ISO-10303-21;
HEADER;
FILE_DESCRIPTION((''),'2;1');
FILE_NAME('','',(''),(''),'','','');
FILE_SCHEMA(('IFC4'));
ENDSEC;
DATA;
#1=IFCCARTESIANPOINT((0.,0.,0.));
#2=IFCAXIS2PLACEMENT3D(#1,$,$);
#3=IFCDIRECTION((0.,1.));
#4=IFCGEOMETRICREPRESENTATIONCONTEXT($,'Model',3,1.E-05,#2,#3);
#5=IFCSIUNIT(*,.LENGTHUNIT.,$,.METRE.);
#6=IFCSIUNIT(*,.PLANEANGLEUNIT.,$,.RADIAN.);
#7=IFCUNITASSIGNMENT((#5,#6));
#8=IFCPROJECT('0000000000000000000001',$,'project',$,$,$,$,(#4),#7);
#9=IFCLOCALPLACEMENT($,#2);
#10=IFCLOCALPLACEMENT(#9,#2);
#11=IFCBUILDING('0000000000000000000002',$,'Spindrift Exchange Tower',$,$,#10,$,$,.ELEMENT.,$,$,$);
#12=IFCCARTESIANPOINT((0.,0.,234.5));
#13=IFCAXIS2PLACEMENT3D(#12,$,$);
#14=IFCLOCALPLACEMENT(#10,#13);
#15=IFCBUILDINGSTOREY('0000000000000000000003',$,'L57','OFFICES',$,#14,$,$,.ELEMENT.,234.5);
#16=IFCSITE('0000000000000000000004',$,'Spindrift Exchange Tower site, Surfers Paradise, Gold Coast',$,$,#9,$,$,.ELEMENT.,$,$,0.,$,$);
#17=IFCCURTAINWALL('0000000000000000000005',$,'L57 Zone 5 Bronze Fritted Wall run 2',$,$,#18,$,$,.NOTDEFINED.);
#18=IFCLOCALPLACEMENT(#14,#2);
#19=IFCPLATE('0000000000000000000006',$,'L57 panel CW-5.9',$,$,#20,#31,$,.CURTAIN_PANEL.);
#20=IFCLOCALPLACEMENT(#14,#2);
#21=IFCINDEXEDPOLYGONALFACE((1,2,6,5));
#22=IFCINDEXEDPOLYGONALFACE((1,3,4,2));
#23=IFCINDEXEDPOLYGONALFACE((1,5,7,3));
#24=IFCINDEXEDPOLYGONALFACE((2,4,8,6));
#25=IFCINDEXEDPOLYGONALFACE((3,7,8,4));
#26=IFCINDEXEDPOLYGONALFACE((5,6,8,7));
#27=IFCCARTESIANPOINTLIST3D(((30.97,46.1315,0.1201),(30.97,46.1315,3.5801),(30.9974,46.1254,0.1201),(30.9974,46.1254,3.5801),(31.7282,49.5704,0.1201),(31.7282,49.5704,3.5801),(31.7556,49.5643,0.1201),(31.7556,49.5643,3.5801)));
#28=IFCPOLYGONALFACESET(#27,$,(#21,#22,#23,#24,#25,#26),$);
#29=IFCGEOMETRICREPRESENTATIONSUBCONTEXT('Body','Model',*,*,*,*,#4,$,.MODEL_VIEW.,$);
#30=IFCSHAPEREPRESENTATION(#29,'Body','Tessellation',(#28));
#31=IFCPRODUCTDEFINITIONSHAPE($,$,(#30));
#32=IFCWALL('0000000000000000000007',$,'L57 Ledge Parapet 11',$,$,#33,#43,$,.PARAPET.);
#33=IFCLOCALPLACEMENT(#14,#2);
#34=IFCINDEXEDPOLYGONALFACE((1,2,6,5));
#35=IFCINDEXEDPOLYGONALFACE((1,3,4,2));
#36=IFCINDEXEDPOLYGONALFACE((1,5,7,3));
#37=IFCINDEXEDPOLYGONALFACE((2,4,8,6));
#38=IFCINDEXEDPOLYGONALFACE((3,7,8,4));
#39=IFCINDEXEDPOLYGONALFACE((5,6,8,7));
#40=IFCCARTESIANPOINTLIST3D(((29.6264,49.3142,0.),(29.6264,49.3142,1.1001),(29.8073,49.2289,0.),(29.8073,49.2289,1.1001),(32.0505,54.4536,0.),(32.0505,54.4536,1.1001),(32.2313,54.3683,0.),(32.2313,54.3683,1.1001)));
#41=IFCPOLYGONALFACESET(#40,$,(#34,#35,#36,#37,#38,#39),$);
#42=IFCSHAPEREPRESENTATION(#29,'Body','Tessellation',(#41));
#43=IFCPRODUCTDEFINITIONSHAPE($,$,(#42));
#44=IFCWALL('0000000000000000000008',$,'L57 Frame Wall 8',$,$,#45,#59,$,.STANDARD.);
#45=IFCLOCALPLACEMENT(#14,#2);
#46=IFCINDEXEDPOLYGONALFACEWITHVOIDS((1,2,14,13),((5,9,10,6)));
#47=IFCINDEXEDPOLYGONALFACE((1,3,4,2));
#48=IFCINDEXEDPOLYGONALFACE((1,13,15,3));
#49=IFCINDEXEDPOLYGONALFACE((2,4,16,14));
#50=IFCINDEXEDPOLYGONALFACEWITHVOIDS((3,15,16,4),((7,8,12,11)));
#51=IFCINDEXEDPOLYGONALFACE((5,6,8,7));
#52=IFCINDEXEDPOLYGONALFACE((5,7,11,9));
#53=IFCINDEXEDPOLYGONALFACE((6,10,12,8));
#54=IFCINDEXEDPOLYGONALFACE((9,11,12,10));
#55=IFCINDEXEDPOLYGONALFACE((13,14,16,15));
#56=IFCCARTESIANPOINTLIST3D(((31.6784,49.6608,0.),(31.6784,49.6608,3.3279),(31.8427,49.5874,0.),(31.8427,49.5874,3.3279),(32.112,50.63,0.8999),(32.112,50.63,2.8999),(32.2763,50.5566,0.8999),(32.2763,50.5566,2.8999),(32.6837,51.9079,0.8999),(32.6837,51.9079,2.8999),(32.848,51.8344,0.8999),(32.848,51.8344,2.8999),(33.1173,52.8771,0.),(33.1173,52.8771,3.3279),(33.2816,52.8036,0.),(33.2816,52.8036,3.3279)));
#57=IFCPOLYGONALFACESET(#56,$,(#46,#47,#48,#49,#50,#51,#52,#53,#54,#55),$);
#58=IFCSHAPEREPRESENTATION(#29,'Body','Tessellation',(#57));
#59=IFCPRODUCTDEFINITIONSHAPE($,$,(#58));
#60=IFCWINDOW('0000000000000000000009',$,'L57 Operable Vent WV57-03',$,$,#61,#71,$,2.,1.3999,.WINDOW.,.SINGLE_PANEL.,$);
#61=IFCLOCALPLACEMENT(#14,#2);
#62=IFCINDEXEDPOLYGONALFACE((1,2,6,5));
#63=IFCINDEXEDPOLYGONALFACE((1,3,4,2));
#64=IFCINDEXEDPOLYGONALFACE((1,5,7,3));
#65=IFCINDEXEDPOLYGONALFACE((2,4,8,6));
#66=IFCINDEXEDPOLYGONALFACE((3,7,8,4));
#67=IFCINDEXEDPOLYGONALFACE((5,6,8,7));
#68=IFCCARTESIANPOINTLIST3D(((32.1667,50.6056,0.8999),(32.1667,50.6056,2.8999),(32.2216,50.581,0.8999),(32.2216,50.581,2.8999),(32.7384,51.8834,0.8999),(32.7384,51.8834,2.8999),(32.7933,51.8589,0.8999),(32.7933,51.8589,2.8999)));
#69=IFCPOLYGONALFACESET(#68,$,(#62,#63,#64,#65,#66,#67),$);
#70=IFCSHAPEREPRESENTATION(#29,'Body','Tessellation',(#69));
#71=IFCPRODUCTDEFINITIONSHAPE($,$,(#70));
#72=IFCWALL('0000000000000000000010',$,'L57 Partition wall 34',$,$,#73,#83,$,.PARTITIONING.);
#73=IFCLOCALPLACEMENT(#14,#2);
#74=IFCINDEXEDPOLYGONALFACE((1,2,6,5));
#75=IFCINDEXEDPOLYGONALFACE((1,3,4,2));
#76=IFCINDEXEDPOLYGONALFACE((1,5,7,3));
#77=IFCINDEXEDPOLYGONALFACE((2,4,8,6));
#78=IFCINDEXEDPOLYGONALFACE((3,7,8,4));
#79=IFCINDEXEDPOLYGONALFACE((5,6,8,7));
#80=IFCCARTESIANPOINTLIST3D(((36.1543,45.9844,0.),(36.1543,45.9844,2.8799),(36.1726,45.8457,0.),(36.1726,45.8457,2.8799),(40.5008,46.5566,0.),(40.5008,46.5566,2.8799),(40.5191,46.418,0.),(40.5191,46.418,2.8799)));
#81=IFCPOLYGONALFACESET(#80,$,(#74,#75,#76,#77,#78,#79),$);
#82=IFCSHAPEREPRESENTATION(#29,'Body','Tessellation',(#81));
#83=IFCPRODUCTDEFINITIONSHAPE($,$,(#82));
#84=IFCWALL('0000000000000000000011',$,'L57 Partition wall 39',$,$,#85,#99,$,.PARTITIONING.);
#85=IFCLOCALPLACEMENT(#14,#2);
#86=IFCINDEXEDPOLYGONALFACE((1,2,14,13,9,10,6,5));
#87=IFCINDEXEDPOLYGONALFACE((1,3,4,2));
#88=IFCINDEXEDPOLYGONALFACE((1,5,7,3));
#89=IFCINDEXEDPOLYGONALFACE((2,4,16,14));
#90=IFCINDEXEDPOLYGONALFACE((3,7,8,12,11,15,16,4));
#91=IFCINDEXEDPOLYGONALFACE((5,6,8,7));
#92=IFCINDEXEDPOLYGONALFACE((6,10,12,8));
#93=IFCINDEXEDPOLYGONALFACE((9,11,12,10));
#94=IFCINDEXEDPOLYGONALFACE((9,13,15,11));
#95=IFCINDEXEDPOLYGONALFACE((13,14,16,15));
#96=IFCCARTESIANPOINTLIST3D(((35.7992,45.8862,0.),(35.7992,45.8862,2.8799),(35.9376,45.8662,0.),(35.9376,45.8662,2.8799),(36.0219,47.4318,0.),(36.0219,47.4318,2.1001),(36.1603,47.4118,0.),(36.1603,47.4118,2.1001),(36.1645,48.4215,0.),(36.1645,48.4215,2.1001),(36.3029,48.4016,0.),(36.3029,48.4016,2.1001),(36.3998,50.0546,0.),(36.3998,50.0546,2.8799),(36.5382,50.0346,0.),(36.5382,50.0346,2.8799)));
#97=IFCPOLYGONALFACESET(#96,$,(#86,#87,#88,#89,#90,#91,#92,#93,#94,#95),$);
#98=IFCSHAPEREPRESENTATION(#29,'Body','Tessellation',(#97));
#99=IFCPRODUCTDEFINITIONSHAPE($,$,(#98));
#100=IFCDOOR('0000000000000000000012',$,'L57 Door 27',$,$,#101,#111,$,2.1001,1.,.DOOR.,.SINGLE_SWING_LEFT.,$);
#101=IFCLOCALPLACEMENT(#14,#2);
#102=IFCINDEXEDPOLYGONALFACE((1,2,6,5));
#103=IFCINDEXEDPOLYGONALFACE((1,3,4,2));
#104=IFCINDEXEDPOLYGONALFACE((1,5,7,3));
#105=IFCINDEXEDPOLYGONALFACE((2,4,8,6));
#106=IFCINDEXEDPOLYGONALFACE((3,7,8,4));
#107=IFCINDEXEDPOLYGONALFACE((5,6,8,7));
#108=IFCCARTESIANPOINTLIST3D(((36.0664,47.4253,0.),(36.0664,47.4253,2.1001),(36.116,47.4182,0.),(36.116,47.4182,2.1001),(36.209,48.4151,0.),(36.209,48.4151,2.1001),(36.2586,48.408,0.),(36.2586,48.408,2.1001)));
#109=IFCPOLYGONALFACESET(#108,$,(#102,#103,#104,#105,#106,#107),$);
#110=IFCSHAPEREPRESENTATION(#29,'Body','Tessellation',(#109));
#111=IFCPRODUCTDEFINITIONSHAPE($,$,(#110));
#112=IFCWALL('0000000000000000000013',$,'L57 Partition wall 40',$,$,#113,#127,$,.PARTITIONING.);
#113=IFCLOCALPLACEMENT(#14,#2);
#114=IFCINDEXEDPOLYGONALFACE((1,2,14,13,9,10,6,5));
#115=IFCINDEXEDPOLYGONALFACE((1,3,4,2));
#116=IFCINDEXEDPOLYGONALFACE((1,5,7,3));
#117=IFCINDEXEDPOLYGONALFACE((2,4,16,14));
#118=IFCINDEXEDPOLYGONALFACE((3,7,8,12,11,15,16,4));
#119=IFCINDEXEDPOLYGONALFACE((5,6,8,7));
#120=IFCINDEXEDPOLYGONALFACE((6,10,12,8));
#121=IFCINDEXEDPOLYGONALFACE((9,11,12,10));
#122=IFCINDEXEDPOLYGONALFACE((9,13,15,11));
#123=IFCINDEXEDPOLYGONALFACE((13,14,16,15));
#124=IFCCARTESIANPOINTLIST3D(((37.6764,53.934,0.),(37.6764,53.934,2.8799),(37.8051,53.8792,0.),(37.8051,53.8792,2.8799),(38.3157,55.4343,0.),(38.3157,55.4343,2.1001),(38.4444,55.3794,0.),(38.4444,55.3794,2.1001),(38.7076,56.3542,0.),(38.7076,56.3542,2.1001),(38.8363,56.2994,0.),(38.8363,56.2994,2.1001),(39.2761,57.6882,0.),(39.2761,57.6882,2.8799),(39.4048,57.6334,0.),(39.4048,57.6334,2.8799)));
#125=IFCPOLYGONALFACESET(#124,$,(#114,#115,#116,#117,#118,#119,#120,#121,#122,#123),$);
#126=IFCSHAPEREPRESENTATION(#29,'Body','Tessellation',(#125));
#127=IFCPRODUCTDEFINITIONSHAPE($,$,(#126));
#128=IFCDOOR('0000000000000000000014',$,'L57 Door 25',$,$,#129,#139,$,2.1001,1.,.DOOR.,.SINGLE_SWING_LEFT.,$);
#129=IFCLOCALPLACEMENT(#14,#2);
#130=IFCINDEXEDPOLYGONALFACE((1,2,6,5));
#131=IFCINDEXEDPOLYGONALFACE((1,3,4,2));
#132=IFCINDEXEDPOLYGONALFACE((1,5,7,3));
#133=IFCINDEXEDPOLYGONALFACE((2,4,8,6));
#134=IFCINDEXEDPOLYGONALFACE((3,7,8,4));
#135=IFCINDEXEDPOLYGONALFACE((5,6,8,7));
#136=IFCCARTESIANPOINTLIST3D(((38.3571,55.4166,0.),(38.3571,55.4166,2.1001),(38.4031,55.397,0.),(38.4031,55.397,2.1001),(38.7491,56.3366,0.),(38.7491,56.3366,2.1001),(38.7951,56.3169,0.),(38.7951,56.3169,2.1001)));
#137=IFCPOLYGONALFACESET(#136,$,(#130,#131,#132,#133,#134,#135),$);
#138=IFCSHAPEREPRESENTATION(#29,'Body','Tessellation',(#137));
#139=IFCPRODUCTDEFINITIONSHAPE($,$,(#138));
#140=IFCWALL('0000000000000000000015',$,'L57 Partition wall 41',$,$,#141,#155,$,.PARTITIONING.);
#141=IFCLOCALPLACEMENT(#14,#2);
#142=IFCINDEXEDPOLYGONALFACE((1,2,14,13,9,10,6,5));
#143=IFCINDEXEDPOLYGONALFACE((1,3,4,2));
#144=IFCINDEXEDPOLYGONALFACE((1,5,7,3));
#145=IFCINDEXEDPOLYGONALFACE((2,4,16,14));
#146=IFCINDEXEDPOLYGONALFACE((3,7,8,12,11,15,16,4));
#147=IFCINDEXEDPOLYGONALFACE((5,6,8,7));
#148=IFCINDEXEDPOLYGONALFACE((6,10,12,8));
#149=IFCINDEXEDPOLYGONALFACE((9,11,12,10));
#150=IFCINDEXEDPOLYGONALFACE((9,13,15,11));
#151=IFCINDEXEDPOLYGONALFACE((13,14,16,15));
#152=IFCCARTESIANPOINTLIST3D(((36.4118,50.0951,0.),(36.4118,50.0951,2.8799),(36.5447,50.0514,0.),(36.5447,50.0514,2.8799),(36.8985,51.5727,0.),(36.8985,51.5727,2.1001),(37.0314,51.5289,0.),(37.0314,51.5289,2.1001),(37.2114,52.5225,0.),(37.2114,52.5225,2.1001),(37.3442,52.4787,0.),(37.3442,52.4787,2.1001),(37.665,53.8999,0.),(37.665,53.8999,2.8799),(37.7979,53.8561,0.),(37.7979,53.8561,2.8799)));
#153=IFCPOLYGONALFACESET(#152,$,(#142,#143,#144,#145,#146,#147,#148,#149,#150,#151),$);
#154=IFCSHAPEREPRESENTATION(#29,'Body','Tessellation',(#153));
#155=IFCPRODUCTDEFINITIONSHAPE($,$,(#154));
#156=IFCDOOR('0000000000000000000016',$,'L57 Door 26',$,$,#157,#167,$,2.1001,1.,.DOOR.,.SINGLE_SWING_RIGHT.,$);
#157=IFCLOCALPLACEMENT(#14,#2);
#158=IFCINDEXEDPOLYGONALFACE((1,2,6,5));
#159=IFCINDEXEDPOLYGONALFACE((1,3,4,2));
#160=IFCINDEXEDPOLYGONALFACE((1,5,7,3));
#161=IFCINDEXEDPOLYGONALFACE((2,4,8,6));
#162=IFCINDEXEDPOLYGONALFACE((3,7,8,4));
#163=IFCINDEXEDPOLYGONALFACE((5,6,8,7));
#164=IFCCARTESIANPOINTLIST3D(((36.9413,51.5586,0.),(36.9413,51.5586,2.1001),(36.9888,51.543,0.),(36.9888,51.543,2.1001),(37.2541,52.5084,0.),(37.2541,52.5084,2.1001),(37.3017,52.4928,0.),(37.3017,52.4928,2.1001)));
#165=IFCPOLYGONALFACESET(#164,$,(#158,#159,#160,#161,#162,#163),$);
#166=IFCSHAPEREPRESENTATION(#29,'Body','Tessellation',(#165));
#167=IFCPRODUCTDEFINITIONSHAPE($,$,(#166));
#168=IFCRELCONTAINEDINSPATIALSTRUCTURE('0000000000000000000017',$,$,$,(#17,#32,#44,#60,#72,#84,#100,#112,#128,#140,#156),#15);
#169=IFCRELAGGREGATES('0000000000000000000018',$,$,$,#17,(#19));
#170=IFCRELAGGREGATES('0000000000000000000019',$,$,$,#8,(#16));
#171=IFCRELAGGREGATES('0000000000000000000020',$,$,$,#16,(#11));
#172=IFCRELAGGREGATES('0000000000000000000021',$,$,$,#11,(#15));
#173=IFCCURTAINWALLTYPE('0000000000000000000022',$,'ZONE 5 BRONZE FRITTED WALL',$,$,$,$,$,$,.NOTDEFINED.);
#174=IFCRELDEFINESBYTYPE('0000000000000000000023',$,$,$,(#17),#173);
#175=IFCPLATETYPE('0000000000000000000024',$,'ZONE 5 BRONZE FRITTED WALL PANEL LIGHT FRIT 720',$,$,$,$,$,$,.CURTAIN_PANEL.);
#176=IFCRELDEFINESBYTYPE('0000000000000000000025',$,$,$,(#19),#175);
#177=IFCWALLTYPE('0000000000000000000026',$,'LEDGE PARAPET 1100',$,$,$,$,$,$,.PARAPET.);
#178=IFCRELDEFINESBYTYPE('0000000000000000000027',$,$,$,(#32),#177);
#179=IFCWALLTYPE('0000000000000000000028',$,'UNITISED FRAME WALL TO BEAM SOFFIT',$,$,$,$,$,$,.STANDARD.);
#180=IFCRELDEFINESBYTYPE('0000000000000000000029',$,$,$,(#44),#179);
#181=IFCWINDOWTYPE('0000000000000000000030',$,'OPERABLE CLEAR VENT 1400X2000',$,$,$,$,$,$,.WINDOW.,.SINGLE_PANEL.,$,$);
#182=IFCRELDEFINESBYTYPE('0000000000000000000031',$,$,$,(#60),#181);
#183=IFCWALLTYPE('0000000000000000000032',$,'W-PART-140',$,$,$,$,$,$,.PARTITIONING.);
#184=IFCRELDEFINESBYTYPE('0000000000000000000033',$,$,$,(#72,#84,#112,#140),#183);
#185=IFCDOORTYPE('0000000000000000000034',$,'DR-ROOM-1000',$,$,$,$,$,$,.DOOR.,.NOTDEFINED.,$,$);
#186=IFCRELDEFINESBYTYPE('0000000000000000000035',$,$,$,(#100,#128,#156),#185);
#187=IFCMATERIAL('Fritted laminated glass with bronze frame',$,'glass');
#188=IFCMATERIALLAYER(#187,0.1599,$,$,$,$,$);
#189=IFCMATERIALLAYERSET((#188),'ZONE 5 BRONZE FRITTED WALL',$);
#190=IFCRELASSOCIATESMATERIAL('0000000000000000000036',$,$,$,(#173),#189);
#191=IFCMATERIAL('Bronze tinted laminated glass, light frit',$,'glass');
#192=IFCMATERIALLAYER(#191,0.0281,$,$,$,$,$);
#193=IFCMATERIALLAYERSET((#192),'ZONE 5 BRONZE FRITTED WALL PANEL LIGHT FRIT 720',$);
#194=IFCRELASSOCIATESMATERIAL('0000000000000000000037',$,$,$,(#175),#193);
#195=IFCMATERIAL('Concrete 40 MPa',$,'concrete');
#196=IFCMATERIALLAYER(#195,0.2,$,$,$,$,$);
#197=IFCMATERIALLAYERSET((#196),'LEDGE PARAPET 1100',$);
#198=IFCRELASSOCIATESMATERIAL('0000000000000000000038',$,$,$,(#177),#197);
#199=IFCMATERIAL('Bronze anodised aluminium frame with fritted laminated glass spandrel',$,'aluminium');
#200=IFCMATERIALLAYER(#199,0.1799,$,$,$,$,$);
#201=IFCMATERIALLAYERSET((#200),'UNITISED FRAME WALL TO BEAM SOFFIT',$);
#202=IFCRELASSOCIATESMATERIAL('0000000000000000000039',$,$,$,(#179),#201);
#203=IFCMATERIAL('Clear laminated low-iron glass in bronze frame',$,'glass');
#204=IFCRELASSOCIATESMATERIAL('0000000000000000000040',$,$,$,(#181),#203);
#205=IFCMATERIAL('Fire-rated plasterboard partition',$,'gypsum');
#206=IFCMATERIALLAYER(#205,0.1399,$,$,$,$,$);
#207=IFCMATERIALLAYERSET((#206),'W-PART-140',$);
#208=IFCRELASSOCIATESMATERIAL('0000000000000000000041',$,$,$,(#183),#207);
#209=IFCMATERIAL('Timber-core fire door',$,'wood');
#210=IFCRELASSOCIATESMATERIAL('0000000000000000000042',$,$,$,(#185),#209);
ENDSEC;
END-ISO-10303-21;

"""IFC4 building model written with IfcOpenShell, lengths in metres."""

from ifc_helpers import new_model, si_unit, direction, frame, frame_2d, origin, origin_2d, place, context, subcontext, project, spatial, rectangle, extrude, source, transform, mapped, material, layer, layer_set, type_object, element, fill, aggregate, save


model = new_model("IFC4")

# Units and contexts
model_context = context("Model", 3, precision=1e-05, world=origin(), true_north=direction((0.0, 1.0)))
body_context = subcontext(model_context, "Body", "Model", "MODEL_VIEW")
ifc_project = project(units=[si_unit("LENGTHUNIT", "METRE"), si_unit("PLANEANGLEUNIT", "RADIAN")], contexts=[model_context])

# Site, building, storey
site_placement = place(None, origin())
site = spatial("IfcSite", under=ifc_project, at=site_placement, Name="Spindrift Exchange Tower site, Surfers Paradise, Gold Coast", CompositionType="ELEMENT", RefElevation=0.0)
building_placement = place(site_placement, origin())
building = spatial("IfcBuilding", under=site, at=building_placement, Name="Spindrift Exchange Tower", CompositionType="ELEMENT")
storey_placement = place(building_placement, frame((0.0, 0.0, 234.5)))
storey = spatial("IfcBuildingStorey", under=building, at=storey_placement, Name="L57", Description="OFFICES", CompositionType="ELEMENT", Elevation=234.5)

# Shared definitions
ifc_material_1 = material(Name="Concrete 40 MPa", Category="concrete")

# Curtain wall, plate
ifc_material_2 = material(Name="Fritted laminated glass with bronze frame", Category="glass")
ifc_layer_1 = layer(ifc_material_2, 0.1599)
ifc_layer_set_1 = layer_set([ifc_layer_1], Name="ZONE 5 BRONZE FRITTED WALL")
curtain_wall_type = type_object("IfcCurtainWallType", Name="ZONE 5 BRONZE FRITTED WALL", PredefinedType="NOTDEFINED", material=ifc_layer_set_1)
curtain_wall_placement = place(storey_placement, origin())
curtain_wall = element("IfcCurtainWall", 1, at=curtain_wall_placement, inside=storey, type_object=curtain_wall_type, Name="L57 Zone 5 Bronze Fritted Wall run 2", PredefinedType="NOTDEFINED")
ifc_material_3 = material(Name="Bronze tinted laminated glass, light frit", Category="glass")
ifc_layer_2 = layer(ifc_material_3, 0.0281)
ifc_layer_set_2 = layer_set([ifc_layer_2], Name="ZONE 5 BRONZE FRITTED WALL PANEL LIGHT FRIT 720")
plate_type_1 = type_object("IfcPlateType", Name="ZONE 5 BRONZE FRITTED WALL PANEL LIGHT FRIT 720", PredefinedType="CURTAIN_PANEL", material=ifc_layer_set_2)
shared_shape_1 = source(origin(), body_context, "Body", "SweptSolid", [
    extrude(rectangle(XDim=3.5215, YDim=0.0281, at=origin_2d()), origin(), (0.0, 0.0, 1.0), 3.46),
])
plate_1_placement = place(storey_placement, frame((31.3628, 47.8479, 0.1201), z_axis=(0.0, 0.0, 1.0), x_axis=(-0.215301, -0.976548, 0.0)))
plate_1 = element("IfcPlate", 2, at=plate_1_placement, type_object=plate_type_1, Name="L57 panel CW-5.9", PredefinedType="CURTAIN_PANEL", context=body_context, shape_type="MappedRepresentation", body=[
    mapped(shared_shape_1, transform((0.0, 0.0, 0.0), scale=1.0)),
])
aggregate(curtain_wall, [plate_1])

# Wall
ifc_layer_3 = layer(ifc_material_1, 0.2)
ifc_layer_set_3 = layer_set([ifc_layer_3], Name="LEDGE PARAPET 1100")
wall_type_1 = type_object("IfcWallType", Name="LEDGE PARAPET 1100", PredefinedType="PARAPET", material=ifc_layer_set_3)
wall_1_placement = place(storey_placement, frame((29.7168, 49.2715, 0.0), z_axis=(0.0, 0.0, 1.0), x_axis=(0.426593, 0.904443, 0.0)))
element("IfcWall", 3, at=wall_1_placement, inside=storey, type_object=wall_type_1, Name="L57 Ledge Parapet 11", PredefinedType="PARAPET", context=body_context, shape_type="SweptSolid", body=[
    extrude(rectangle(XDim=5.6824, YDim=0.2, at=frame_2d((2.8413, 0.0))), origin(), (0.0, 0.0, 1.0), 1.1001),
])

# Wall, opening, window
ifc_material_4 = material(Name="Bronze anodised aluminium frame with fritted laminated glass spandrel", Category="aluminium")
ifc_layer_4 = layer(ifc_material_4, 0.1799)
ifc_layer_set_4 = layer_set([ifc_layer_4], Name="UNITISED FRAME WALL TO BEAM SOFFIT")
wall_type_2 = type_object("IfcWallType", Name="UNITISED FRAME WALL TO BEAM SOFFIT", PredefinedType="STANDARD", material=ifc_layer_set_4)
wall_2_placement = place(storey_placement, frame((33.1995, 52.8403, 0.0), z_axis=(0.0, 0.0, 1.0), x_axis=(-0.408387, -0.912809, 0.0)))
wall_2 = element("IfcWall", 4, at=wall_2_placement, inside=storey, type_object=wall_type_2, Name="L57 Frame Wall 8", PredefinedType="STANDARD", context=body_context, shape_type="SweptSolid", body=[
    extrude(rectangle(XDim=3.5234, YDim=0.1799, at=frame_2d((1.7617, 0.0))), origin(), (0.0, 0.0, 1.0), 3.3279),
])
opening_1_placement = place(wall_2_placement, frame((1.0618, 0.0, 0.8999)))
opening_1 = element("IfcOpeningElement", 5, at=opening_1_placement, cuts=wall_2, PredefinedType="OPENING", context=body_context, shape_type="SweptSolid", body=[
    extrude(rectangle(XDim=1.3999, YDim=2.0, at=frame_2d((0.7, 1.0))), frame((0.0, 0.0999, 0.0), z_axis=(0.0, -1.0, 0.0), x_axis=(1.0, 0.0, 0.0)), (0.0, 0.0, 1.0), 0.2),
])
ifc_material_5 = material(Name="Clear laminated low-iron glass in bronze frame", Category="glass")
window_type = type_object("IfcWindowType", Name="OPERABLE CLEAR VENT 1400X2000", PartitioningType="SINGLE_PANEL", PredefinedType="WINDOW", material=ifc_material_5)
shared_shape_2 = source(origin(), body_context, "Body", "SweptSolid", [
    extrude(rectangle(XDim=1.3999, YDim=2.0, at=frame_2d((0.7, 1.0))), frame((0.0, 0.03, 0.0), z_axis=(0.0, -1.0, 0.0), x_axis=(1.0, 0.0, 0.0)), (0.0, 0.0, 1.0), 0.0601),
])
window_placement = place(opening_1_placement, origin())
window = element("IfcWindow", 6, at=window_placement, inside=storey, type_object=window_type, Name="L57 Operable Vent WV57-03", OverallHeight=2.0, OverallWidth=1.3999, PartitioningType="SINGLE_PANEL", PredefinedType="WINDOW", context=body_context, shape_type="MappedRepresentation", body=[
    mapped(shared_shape_2, transform((0.0, 0.0, 0.0), scale=1.0)),
])
fill(opening_1, window)

# Wall
ifc_material_6 = material(Name="Fire-rated plasterboard partition", Category="gypsum")
ifc_layer_5 = layer(ifc_material_6, 0.1399)
ifc_layer_set_5 = layer_set([ifc_layer_5], Name="W-PART-140")
wall_type_3 = type_object("IfcWallType", Name="W-PART-140", PredefinedType="PARTITIONING", material=ifc_layer_set_5)
wall_3_placement = place(storey_placement, frame((36.1636, 45.915, 0.0), z_axis=(0.0, 0.0, 1.0), x_axis=(0.991443, 0.130537, 0.0)))
element("IfcWall", 7, at=wall_3_placement, inside=storey, type_object=wall_type_3, Name="L57 Partition wall 34", PredefinedType="PARTITIONING", context=body_context, shape_type="SweptSolid", body=[
    extrude(rectangle(XDim=4.384, YDim=0.1399, at=frame_2d((2.1919, 0.0))), origin(), (0.0, 0.0, 1.0), 2.8799),
])

# Walls, openings, doors
wall_4_placement = place(storey_placement, frame((35.8684, 45.8762, 0.0), z_axis=(0.0, 0.0, 1.0), x_axis=(0.142606, 0.98978, 0.0)))
wall_4 = element("IfcWall", 8, at=wall_4_placement, inside=storey, type_object=wall_type_3, Name="L57 Partition wall 39", PredefinedType="PARTITIONING", context=body_context, shape_type="SweptSolid", body=[
    extrude(rectangle(XDim=4.2114, YDim=0.1399, at=frame_2d((2.1057, 0.0))), origin(), (0.0, 0.0, 1.0), 2.8799),
])
opening_2_placement = place(wall_4_placement, frame((1.5615, 0.0, 0.0)))
opening_2 = element("IfcOpeningElement", 9, at=opening_2_placement, cuts=wall_4, PredefinedType="OPENING", context=body_context, shape_type="SweptSolid", body=[
    extrude(rectangle(XDim=1.0, YDim=2.1001, at=frame_2d((0.5, 1.05))), frame((0.0, 0.0798, 0.0), z_axis=(0.0, -1.0, 0.0), x_axis=(1.0, 0.0, 0.0)), (0.0, 0.0, 1.0), 0.1599),
])
ifc_material_7 = material(Name="Timber-core fire door", Category="wood")
door_type = type_object("IfcDoorType", Name="DR-ROOM-1000", OperationType="NOTDEFINED", PredefinedType="DOOR", material=ifc_material_7)
shared_shape_3 = source(origin(), body_context, "Body", "SweptSolid", [
    extrude(rectangle(XDim=1.0, YDim=2.1001, at=frame_2d((0.5, 1.05))), frame((0.0, 0.0249, 0.0), z_axis=(0.0, -1.0, 0.0), x_axis=(1.0, 0.0, 0.0)), (0.0, 0.0, 1.0), 0.05),
])
door_1_placement = place(opening_2_placement, origin())
door_1 = element("IfcDoor", 10, at=door_1_placement, inside=storey, type_object=door_type, Name="L57 Door 27", OperationType="SINGLE_SWING_LEFT", OverallHeight=2.1001, OverallWidth=1.0, PredefinedType="DOOR", context=body_context, shape_type="MappedRepresentation", body=[
    mapped(shared_shape_3, transform((0.0, 0.0, 0.0), scale=1.0)),
])
fill(opening_2, door_1)
wall_5_placement = place(storey_placement, frame((37.7407, 53.9065, 0.0), z_axis=(0.0, 0.0, 1.0), x_axis=(0.391991, 0.919969, 0.0)))
wall_5 = element("IfcWall", 11, at=wall_5_placement, inside=storey, type_object=wall_type_3, Name="L57 Partition wall 40", PredefinedType="PARTITIONING", context=body_context, shape_type="SweptSolid", body=[
    extrude(rectangle(XDim=4.0808, YDim=0.1399, at=frame_2d((2.0405, 0.0))), origin(), (0.0, 0.0, 1.0), 2.8799),
])
opening_3_placement = place(wall_5_placement, frame((1.6309, 0.0, 0.0)))
opening_3 = element("IfcOpeningElement", 12, at=opening_3_placement, cuts=wall_5, PredefinedType="OPENING", context=body_context, shape_type="SweptSolid", body=[
    extrude(rectangle(XDim=1.0, YDim=2.1001, at=frame_2d((0.5, 1.05))), frame((0.0, 0.0798, 0.0), z_axis=(0.0, -1.0, 0.0), x_axis=(1.0, 0.0, 0.0)), (0.0, 0.0, 1.0), 0.1599),
])
door_2_placement = place(opening_3_placement, origin())
door_2 = element("IfcDoor", 13, at=door_2_placement, inside=storey, type_object=door_type, Name="L57 Door 25", OperationType="SINGLE_SWING_LEFT", OverallHeight=2.1001, OverallWidth=1.0, PredefinedType="DOOR", context=body_context, shape_type="MappedRepresentation", body=[
    mapped(shared_shape_3, transform((0.0, 0.0, 0.0), scale=1.0)),
])
fill(opening_3, door_2)
wall_6_placement = place(storey_placement, frame((36.4783, 50.0732, 0.0), z_axis=(0.0, 0.0, 1.0), x_axis=(0.312843, 0.949805, 0.0)))
wall_6 = element("IfcWall", 14, at=wall_6_placement, inside=storey, type_object=wall_type_3, Name="L57 Partition wall 41", PredefinedType="PARTITIONING", context=body_context, shape_type="SweptSolid", body=[
    extrude(rectangle(XDim=4.0059, YDim=0.1399, at=frame_2d((2.0029, 0.0))), origin(), (0.0, 0.0, 1.0), 2.8799),
])
opening_4_placement = place(wall_6_placement, frame((1.5557, 0.0, 0.0)))
opening_4 = element("IfcOpeningElement", 15, at=opening_4_placement, cuts=wall_6, PredefinedType="OPENING", context=body_context, shape_type="SweptSolid", body=[
    extrude(rectangle(XDim=1.0, YDim=2.1001, at=frame_2d((0.5, 1.05))), frame((0.0, 0.0798, 0.0), z_axis=(0.0, -1.0, 0.0), x_axis=(1.0, 0.0, 0.0)), (0.0, 0.0, 1.0), 0.1599),
])
door_3_placement = place(opening_4_placement, origin())
door_3 = element("IfcDoor", 16, at=door_3_placement, inside=storey, type_object=door_type, Name="L57 Door 26", OperationType="SINGLE_SWING_RIGHT", OverallHeight=2.1001, OverallWidth=1.0, PredefinedType="DOOR", context=body_context, shape_type="MappedRepresentation", body=[
    mapped(shared_shape_3, transform((0.0, 0.0, 0.0), scale=1.0)),
])
fill(opening_4, door_3)

save(model, "model.ifc")
